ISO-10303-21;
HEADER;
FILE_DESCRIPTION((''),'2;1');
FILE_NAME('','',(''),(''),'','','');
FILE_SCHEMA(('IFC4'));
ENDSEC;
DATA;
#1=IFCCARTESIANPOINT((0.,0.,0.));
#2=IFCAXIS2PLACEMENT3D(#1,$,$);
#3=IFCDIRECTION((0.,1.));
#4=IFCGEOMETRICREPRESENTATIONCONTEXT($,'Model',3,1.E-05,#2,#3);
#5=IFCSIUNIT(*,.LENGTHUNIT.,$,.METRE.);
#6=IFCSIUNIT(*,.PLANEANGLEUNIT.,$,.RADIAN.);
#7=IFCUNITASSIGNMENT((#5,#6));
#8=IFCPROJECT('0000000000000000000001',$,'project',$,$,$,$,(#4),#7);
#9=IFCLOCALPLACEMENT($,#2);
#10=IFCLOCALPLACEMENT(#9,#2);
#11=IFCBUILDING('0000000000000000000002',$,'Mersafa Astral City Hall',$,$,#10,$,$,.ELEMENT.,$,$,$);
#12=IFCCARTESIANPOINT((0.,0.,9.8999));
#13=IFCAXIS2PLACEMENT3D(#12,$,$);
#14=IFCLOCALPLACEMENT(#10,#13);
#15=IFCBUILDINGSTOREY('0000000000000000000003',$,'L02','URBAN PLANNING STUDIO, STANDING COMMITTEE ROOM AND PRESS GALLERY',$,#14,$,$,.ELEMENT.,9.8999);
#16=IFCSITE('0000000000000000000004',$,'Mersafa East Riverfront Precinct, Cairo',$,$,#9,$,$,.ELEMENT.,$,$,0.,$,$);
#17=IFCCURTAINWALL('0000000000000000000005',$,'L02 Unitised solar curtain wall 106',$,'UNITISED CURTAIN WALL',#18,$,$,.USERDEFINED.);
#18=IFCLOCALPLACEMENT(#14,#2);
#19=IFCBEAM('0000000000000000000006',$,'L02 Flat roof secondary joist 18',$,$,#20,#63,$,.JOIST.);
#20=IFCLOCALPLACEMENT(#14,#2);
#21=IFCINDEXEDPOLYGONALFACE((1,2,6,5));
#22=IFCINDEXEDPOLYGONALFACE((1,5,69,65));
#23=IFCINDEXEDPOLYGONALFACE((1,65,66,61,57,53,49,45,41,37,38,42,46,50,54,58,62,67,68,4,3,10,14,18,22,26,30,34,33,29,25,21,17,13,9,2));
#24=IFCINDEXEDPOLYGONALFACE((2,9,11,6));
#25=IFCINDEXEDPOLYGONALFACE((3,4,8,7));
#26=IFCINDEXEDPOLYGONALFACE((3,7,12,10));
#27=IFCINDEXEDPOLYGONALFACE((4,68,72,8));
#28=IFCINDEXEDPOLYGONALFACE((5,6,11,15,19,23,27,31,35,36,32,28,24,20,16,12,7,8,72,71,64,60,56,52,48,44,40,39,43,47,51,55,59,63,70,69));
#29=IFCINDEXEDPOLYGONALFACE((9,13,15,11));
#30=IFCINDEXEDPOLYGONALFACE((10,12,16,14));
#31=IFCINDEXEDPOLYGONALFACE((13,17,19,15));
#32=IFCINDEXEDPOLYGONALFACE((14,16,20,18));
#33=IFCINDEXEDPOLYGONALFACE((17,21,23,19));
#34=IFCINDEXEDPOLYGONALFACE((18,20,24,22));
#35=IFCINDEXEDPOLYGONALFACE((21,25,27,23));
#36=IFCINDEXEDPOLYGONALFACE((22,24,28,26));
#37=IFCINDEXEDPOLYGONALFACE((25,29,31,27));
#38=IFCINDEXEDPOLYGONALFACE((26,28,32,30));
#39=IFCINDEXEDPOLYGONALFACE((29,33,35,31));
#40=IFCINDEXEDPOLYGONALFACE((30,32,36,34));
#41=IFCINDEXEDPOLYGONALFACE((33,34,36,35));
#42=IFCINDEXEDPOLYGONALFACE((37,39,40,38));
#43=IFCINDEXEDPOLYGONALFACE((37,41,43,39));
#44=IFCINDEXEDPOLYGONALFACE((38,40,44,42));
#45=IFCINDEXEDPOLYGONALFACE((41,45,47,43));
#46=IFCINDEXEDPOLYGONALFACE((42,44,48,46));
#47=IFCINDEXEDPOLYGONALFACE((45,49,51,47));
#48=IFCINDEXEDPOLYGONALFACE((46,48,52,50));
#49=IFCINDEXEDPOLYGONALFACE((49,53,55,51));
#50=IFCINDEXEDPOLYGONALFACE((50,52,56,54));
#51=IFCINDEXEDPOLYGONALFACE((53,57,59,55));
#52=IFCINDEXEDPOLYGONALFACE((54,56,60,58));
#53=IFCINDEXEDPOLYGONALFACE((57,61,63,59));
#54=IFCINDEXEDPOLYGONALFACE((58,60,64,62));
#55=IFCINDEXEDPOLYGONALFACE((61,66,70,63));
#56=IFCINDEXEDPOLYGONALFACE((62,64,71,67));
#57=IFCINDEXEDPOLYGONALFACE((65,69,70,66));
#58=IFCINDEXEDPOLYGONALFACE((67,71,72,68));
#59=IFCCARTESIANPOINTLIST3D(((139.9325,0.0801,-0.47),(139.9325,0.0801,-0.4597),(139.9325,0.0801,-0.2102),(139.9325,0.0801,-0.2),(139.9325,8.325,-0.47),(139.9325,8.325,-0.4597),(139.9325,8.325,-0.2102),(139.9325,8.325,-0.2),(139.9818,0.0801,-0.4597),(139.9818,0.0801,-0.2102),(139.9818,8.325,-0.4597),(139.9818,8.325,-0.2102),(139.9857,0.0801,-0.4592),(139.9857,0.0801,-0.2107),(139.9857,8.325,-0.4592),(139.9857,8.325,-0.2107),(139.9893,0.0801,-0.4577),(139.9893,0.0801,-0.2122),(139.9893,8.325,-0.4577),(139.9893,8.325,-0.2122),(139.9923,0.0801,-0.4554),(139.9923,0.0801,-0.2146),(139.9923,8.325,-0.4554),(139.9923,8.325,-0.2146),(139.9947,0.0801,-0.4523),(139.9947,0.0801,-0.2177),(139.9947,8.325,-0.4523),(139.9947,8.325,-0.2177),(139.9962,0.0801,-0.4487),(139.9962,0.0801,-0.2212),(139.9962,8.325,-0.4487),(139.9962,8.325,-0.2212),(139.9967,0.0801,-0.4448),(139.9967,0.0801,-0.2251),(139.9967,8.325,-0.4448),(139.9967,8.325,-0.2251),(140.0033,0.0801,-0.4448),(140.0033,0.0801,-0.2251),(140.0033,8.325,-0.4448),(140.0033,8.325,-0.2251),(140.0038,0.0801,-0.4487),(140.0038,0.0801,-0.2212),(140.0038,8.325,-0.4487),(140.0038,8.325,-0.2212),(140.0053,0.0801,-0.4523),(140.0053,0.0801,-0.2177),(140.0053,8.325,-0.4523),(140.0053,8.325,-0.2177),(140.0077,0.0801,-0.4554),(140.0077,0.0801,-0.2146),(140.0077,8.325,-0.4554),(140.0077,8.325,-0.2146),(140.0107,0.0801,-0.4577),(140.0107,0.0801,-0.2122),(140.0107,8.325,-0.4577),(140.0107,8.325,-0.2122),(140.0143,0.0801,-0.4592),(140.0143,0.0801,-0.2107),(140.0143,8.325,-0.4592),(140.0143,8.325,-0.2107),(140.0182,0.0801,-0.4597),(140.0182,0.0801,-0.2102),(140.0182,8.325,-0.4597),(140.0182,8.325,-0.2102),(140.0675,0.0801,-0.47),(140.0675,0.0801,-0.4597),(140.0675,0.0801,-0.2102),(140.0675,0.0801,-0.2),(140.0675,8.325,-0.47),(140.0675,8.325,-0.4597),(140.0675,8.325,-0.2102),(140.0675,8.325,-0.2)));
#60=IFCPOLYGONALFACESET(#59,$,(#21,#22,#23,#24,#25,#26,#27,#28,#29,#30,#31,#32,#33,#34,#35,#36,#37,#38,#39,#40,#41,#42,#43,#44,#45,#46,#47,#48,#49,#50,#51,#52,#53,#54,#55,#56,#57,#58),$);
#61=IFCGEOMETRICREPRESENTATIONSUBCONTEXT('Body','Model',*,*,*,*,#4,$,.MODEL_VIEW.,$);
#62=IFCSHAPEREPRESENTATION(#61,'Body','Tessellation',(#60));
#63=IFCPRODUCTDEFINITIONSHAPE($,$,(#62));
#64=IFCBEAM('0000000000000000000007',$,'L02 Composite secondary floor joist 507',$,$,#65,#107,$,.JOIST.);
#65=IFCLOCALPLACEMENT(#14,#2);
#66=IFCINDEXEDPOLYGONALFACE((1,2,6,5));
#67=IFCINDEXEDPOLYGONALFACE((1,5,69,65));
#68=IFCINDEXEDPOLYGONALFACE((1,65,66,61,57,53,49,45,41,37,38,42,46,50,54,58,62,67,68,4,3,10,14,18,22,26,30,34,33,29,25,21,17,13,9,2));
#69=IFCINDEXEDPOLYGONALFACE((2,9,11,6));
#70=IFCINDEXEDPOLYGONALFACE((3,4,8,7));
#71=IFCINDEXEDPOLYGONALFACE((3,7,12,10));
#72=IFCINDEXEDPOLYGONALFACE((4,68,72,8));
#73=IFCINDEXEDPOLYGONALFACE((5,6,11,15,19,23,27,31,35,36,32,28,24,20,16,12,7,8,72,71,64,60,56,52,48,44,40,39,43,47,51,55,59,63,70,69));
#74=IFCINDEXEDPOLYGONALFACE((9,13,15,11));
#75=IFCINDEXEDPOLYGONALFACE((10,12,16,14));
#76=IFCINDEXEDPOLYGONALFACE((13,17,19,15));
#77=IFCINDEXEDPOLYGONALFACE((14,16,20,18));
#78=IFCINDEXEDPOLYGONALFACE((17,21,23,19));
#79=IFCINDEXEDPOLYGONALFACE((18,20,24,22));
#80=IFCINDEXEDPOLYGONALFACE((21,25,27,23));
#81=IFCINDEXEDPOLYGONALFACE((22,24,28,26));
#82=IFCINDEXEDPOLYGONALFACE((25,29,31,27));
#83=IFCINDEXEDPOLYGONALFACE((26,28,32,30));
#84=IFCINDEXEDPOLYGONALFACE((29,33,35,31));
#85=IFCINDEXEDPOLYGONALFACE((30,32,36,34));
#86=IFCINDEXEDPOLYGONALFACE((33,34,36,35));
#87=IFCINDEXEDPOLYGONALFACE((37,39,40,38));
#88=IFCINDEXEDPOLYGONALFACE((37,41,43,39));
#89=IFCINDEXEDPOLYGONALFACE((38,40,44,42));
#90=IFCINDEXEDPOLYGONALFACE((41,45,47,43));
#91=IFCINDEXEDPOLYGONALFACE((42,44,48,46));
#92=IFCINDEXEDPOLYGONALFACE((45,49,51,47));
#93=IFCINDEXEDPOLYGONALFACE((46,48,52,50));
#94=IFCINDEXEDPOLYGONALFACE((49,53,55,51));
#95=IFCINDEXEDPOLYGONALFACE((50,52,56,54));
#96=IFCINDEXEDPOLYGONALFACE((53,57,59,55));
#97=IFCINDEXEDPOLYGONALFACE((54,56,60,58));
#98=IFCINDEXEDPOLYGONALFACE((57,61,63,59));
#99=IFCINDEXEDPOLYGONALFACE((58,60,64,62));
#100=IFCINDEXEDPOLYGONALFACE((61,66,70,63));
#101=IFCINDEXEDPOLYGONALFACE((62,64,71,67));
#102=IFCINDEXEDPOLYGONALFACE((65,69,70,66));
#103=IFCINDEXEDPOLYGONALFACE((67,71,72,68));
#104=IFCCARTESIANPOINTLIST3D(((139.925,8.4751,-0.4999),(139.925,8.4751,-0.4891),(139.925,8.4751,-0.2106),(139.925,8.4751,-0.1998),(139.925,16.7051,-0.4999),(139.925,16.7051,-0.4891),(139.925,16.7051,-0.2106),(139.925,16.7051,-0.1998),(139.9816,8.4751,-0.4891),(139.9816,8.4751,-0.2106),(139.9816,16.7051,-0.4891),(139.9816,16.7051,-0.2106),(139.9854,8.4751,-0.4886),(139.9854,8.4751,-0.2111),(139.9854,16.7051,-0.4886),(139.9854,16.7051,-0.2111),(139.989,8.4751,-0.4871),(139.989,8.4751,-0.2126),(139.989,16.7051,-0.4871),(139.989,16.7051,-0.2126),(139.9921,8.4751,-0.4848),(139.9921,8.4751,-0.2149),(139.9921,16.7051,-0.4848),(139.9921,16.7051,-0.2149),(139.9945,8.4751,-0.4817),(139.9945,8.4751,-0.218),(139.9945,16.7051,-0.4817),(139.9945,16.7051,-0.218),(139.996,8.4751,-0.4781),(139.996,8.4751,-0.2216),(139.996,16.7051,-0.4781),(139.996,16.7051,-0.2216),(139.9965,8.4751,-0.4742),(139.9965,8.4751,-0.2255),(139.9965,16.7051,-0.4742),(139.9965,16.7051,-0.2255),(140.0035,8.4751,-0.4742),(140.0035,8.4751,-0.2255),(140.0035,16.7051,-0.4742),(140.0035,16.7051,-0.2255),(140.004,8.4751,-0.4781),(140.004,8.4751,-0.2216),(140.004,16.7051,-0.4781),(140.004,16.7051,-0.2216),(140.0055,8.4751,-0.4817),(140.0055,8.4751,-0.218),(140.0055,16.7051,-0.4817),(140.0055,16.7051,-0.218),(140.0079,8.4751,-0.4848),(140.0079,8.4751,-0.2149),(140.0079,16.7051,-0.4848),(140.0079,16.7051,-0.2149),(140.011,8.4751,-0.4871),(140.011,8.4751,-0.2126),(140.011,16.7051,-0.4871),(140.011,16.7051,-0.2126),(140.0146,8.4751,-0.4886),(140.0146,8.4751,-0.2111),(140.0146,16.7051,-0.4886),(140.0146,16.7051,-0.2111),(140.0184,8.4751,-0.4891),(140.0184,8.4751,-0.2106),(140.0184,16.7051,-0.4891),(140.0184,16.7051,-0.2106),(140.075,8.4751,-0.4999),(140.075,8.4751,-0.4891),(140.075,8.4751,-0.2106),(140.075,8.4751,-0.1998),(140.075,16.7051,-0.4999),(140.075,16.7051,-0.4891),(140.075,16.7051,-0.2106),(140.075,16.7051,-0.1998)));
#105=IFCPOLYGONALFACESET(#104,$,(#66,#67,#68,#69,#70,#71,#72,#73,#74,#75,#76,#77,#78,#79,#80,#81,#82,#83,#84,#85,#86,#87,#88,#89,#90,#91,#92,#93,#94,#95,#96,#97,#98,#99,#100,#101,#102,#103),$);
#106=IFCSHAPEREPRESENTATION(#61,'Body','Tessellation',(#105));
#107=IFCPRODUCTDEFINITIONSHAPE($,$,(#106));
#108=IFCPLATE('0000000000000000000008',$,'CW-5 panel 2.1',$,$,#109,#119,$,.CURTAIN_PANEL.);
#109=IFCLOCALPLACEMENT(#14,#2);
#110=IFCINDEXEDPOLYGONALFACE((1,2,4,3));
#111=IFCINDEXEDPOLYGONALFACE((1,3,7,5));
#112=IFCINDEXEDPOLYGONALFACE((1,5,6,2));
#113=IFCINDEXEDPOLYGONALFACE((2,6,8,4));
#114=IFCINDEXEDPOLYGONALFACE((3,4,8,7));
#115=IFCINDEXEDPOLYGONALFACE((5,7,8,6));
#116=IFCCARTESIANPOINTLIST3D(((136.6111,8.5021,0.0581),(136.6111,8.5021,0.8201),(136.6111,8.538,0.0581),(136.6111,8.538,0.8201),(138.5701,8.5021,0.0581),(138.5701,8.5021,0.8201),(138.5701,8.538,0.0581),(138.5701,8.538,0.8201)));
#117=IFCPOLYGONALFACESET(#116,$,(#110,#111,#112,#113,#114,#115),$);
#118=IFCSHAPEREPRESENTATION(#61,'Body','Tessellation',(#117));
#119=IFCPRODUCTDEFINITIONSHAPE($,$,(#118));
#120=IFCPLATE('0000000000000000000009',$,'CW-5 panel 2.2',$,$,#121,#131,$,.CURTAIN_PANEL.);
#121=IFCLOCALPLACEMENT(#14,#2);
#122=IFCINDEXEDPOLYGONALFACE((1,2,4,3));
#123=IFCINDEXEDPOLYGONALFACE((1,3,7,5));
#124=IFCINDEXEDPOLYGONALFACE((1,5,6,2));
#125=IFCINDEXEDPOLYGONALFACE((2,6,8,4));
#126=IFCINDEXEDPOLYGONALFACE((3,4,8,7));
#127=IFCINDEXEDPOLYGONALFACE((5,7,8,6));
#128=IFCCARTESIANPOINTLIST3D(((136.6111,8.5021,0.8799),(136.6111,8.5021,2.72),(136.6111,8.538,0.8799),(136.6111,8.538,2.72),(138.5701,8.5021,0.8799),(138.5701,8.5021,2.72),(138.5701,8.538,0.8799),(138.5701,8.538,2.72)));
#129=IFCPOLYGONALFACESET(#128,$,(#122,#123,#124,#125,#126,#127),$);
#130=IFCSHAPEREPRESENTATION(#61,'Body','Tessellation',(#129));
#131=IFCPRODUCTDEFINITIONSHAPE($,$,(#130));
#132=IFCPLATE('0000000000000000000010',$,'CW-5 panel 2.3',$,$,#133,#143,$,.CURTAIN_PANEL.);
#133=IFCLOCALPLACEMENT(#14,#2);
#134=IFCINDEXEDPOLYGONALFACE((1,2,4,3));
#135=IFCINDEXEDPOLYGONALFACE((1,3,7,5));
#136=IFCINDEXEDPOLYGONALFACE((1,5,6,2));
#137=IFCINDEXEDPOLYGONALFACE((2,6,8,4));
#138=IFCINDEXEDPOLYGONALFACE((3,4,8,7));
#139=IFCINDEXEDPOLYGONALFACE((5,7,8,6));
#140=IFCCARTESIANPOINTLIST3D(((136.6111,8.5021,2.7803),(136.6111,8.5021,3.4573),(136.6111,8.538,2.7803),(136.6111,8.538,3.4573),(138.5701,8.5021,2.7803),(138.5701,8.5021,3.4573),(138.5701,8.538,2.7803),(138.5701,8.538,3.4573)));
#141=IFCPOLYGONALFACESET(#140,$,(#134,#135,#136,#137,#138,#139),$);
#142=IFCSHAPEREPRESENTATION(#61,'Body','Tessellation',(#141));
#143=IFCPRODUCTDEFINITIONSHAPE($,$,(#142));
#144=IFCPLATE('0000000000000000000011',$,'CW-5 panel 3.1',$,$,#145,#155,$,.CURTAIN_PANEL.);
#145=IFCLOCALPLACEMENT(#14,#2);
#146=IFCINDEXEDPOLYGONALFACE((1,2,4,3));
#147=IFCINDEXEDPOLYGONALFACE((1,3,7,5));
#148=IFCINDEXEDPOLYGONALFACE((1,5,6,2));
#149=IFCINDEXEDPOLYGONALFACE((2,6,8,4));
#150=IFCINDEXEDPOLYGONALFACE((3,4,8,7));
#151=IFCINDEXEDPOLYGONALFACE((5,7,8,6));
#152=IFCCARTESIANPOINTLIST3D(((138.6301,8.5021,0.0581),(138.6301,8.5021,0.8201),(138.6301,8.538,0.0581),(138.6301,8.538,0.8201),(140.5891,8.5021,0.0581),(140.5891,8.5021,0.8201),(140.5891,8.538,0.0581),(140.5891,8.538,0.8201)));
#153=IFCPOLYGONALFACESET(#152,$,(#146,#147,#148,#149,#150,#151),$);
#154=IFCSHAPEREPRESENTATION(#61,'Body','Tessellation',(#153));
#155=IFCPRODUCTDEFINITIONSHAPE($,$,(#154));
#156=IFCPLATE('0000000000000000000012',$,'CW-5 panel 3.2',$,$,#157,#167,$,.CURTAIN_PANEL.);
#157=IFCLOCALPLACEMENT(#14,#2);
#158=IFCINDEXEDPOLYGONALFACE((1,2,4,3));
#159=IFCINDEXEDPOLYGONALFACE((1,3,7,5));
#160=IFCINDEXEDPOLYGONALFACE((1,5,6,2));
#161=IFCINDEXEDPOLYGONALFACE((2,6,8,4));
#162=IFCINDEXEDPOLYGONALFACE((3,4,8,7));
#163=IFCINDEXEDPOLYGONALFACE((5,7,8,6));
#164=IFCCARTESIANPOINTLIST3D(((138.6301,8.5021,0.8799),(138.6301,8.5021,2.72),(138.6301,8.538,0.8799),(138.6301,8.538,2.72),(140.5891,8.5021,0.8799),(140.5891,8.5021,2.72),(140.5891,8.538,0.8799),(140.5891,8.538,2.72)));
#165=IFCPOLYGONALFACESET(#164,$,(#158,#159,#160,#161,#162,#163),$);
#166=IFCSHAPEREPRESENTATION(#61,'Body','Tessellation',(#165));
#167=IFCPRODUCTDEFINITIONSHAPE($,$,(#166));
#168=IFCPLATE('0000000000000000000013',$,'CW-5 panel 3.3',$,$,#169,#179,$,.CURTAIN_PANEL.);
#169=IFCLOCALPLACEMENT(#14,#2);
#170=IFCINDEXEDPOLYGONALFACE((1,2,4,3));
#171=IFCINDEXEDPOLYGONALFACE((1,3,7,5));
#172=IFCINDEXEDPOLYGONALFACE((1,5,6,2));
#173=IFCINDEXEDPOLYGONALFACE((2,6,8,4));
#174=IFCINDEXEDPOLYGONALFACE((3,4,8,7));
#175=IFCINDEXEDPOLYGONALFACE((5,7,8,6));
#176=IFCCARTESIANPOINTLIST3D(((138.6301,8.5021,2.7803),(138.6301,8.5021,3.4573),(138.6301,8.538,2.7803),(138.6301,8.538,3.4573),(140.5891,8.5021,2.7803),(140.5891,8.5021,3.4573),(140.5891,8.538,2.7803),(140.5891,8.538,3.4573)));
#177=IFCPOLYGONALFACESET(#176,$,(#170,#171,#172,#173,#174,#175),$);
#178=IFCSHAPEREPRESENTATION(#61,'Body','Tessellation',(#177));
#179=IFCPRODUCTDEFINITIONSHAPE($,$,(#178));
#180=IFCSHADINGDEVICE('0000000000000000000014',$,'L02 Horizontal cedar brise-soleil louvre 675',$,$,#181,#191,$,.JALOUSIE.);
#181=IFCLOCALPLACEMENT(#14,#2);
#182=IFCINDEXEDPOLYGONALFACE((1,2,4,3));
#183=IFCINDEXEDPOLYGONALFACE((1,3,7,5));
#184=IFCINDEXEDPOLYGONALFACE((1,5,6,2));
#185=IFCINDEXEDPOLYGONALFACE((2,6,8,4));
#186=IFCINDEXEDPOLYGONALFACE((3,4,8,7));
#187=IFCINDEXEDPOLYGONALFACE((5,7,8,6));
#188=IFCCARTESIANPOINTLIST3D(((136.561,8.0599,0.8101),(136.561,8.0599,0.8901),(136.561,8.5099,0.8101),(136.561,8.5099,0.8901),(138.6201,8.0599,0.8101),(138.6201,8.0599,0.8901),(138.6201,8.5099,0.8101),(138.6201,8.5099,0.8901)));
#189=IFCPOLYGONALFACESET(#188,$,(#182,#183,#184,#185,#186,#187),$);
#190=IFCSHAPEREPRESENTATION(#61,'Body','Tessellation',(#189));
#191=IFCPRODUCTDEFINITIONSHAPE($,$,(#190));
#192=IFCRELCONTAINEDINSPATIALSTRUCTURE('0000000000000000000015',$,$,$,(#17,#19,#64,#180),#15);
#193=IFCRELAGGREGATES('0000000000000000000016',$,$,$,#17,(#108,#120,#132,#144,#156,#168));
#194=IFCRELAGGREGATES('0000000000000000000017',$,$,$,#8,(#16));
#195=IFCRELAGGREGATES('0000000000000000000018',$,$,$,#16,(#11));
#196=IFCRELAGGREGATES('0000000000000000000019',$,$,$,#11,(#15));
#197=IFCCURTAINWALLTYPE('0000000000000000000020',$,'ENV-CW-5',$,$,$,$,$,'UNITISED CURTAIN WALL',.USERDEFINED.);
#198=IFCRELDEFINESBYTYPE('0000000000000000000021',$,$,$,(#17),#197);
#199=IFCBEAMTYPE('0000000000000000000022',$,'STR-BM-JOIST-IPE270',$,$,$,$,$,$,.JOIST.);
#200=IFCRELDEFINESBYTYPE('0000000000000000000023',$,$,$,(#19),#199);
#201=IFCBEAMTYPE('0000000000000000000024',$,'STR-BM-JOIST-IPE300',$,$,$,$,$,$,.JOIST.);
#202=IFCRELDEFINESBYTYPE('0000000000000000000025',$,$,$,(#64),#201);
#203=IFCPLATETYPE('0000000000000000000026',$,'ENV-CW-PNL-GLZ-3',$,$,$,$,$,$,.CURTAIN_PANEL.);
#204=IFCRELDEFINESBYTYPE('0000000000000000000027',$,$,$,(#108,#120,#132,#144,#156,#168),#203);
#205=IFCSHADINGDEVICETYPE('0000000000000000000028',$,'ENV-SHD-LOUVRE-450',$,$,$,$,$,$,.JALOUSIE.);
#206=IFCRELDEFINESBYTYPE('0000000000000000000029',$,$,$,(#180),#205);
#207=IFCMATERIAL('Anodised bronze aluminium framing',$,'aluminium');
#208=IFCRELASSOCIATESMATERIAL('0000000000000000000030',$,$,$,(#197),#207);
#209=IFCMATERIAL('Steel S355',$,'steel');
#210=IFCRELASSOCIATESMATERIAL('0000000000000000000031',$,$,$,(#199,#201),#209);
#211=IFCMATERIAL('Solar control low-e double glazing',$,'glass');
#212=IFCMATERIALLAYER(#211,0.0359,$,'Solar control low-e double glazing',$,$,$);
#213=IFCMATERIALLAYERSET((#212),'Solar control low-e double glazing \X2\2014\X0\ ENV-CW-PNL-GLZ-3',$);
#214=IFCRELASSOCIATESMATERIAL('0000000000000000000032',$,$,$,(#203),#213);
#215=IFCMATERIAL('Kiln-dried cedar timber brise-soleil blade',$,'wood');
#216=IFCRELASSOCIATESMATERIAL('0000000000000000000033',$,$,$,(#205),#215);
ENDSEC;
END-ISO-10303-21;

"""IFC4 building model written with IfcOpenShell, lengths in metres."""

from ifc_helpers import new_model, si_unit, direction, frame, origin, origin_2d, place, context, subcontext, project, spatial, rectangle, i_section, extrude, material, layer, layer_set, material_profile, profile_set, type_object, element, aggregate, save


model = new_model("IFC4")

# Units and contexts
model_context = context("Model", 3, precision=1e-05, world=origin(), true_north=direction((0.0, 1.0)))
body_context = subcontext(model_context, "Body", "Model", "MODEL_VIEW")
ifc_project = project(units=[si_unit("LENGTHUNIT", "METRE"), si_unit("PLANEANGLEUNIT", "RADIAN")], contexts=[model_context])

# Site, building, storey
site_placement = place(None, origin())
site = spatial("IfcSite", under=ifc_project, at=site_placement, Name="Mersafa East Riverfront Precinct, Cairo", CompositionType="ELEMENT", RefElevation=0.0)
building_placement = place(site_placement, origin())
building = spatial("IfcBuilding", under=site, at=building_placement, Name="Mersafa Astral City Hall", CompositionType="ELEMENT")
storey_placement = place(building_placement, frame((0.0, 0.0, 9.8999)))
storey = spatial("IfcBuildingStorey", under=building, at=storey_placement, Name="L02", Description="URBAN PLANNING STUDIO, STANDING COMMITTEE ROOM AND PRESS GALLERY", CompositionType="ELEMENT", Elevation=9.8999)

# Curtain wall
ifc_material_1 = material(Name="Anodised bronze aluminium framing", Category="aluminium")
curtain_wall_type = type_object("IfcCurtainWallType", Name="ENV-CW-5", ElementType="UNITISED CURTAIN WALL", PredefinedType="USERDEFINED", material=ifc_material_1)
curtain_wall_placement = place(storey_placement, origin())
curtain_wall = element("IfcCurtainWall", 1, at=curtain_wall_placement, inside=storey, type_object=curtain_wall_type, Name="L02 Unitised solar curtain wall 106", ObjectType="UNITISED CURTAIN WALL", PredefinedType="USERDEFINED")

# Beams
ifc_material_2 = material(Name="Steel S355", Category="steel")
ifc_material_profile_1 = material_profile(ifc_material_2, i_section(OverallWidth=0.135, OverallDepth=0.27, WebThickness=0.0066, FlangeThickness=0.0103, FilletRadius=0.0149, at=origin_2d()), Name="IPE 270")
ifc_profile_set_1 = profile_set([ifc_material_profile_1], Name="Steel S355")
beam_type_1 = type_object("IfcBeamType", Name="STR-BM-JOIST-IPE270", PredefinedType="JOIST", material=ifc_profile_set_1)
beam_1_placement = place(storey_placement, frame((140.0, 0.0801, -0.335), z_axis=(0.0, 1.0, 0.0), x_axis=(-1.0, 0.0, 0.0)))
element("IfcBeam", 2, at=beam_1_placement, inside=storey, type_object=beam_type_1, Name="L02 Flat roof secondary joist 18", PredefinedType="JOIST", context=body_context, shape_type="SweptSolid", body=[
    extrude(i_section(OverallWidth=0.135, OverallDepth=0.27, WebThickness=0.0066, FlangeThickness=0.0103, FilletRadius=0.0149, at=origin_2d()), origin(), (0.0, 0.0, 1.0), 8.2449),
])
ifc_material_profile_2 = material_profile(ifc_material_2, i_section(OverallWidth=0.1499, OverallDepth=0.3, WebThickness=0.0071, FlangeThickness=0.0107, FilletRadius=0.0149, at=origin_2d()), Name="IPE 300")
ifc_profile_set_2 = profile_set([ifc_material_profile_2], Name="Steel S355")
beam_type_2 = type_object("IfcBeamType", Name="STR-BM-JOIST-IPE300", PredefinedType="JOIST", material=ifc_profile_set_2)
beam_2_placement = place(storey_placement, frame((140.0, 8.4751, -0.3499), z_axis=(0.0, 1.0, 0.0), x_axis=(-1.0, 0.0, 0.0)))
element("IfcBeam", 3, at=beam_2_placement, inside=storey, type_object=beam_type_2, Name="L02 Composite secondary floor joist 507", PredefinedType="JOIST", context=body_context, shape_type="SweptSolid", body=[
    extrude(i_section(OverallWidth=0.1499, OverallDepth=0.3, WebThickness=0.0071, FlangeThickness=0.0107, FilletRadius=0.0149, at=origin_2d()), origin(), (0.0, 0.0, 1.0), 8.23),
])

# Plates
ifc_material_3 = material(Name="Solar control low-e double glazing", Category="glass")
ifc_layer = layer(ifc_material_3, 0.0359, Name="Solar control low-e double glazing")
ifc_layer_set = layer_set([ifc_layer], Name="Solar control low-e double glazing — ENV-CW-PNL-GLZ-3")
plate_type = type_object("IfcPlateType", Name="ENV-CW-PNL-GLZ-3", PredefinedType="CURTAIN_PANEL", material=ifc_layer_set)
plate_1_placement = place(storey_placement, frame((137.5906, 8.52, 0.0581), z_axis=(0.0, 0.0, 1.0), x_axis=(1.0, 0.0, 0.0)))
plate_1 = element("IfcPlate", 4, at=plate_1_placement, type_object=plate_type, Name="CW-5 panel 2.1", PredefinedType="CURTAIN_PANEL", context=body_context, shape_type="SweptSolid", body=[
    extrude(rectangle(XDim=1.959, YDim=0.0359, at=origin_2d()), origin(), (0.0, 0.0, 1.0), 0.762),
])
plate_2_placement = place(storey_placement, frame((137.5906, 8.52, 0.8799), z_axis=(0.0, 0.0, 1.0), x_axis=(1.0, 0.0, 0.0)))
plate_2 = element("IfcPlate", 5, at=plate_2_placement, type_object=plate_type, Name="CW-5 panel 2.2", PredefinedType="CURTAIN_PANEL", context=body_context, shape_type="SweptSolid", body=[
    extrude(rectangle(XDim=1.959, YDim=0.0359, at=origin_2d()), origin(), (0.0, 0.0, 1.0), 1.8401),
])
plate_3_placement = place(storey_placement, frame((137.5906, 8.52, 2.7803), z_axis=(0.0, 0.0, 1.0), x_axis=(1.0, 0.0, 0.0)))
plate_3 = element("IfcPlate", 6, at=plate_3_placement, type_object=plate_type, Name="CW-5 panel 2.3", PredefinedType="CURTAIN_PANEL", context=body_context, shape_type="SweptSolid", body=[
    extrude(rectangle(XDim=1.959, YDim=0.0359, at=origin_2d()), origin(), (0.0, 0.0, 1.0), 0.677),
])
plate_4_placement = place(storey_placement, frame((139.6096, 8.52, 0.0581), z_axis=(0.0, 0.0, 1.0), x_axis=(1.0, 0.0, 0.0)))
plate_4 = element("IfcPlate", 7, at=plate_4_placement, type_object=plate_type, Name="CW-5 panel 3.1", PredefinedType="CURTAIN_PANEL", context=body_context, shape_type="SweptSolid", body=[
    extrude(rectangle(XDim=1.959, YDim=0.0359, at=origin_2d()), origin(), (0.0, 0.0, 1.0), 0.762),
])
plate_5_placement = place(storey_placement, frame((139.6096, 8.52, 0.8799), z_axis=(0.0, 0.0, 1.0), x_axis=(1.0, 0.0, 0.0)))
plate_5 = element("IfcPlate", 8, at=plate_5_placement, type_object=plate_type, Name="CW-5 panel 3.2", PredefinedType="CURTAIN_PANEL", context=body_context, shape_type="SweptSolid", body=[
    extrude(rectangle(XDim=1.959, YDim=0.0359, at=origin_2d()), origin(), (0.0, 0.0, 1.0), 1.8401),
])
plate_6_placement = place(storey_placement, frame((139.6096, 8.52, 2.7803), z_axis=(0.0, 0.0, 1.0), x_axis=(1.0, 0.0, 0.0)))
plate_6 = element("IfcPlate", 9, at=plate_6_placement, type_object=plate_type, Name="CW-5 panel 3.3", PredefinedType="CURTAIN_PANEL", context=body_context, shape_type="SweptSolid", body=[
    extrude(rectangle(XDim=1.959, YDim=0.0359, at=origin_2d()), origin(), (0.0, 0.0, 1.0), 0.677),
])
aggregate(curtain_wall, [plate_1, plate_2, plate_3, plate_4, plate_5, plate_6])

# Shading device
ifc_material_4 = material(Name="Kiln-dried cedar timber brise-soleil blade", Category="wood")
shading_device_type = type_object("IfcShadingDeviceType", Name="ENV-SHD-LOUVRE-450", PredefinedType="JALOUSIE", material=ifc_material_4)
for number, where, z_axis, x_axis, name in (
    (10, (137.5906, 8.2849, 0.8101), (0.0, 0.0, 1.0), (1.0, 0.0, 0.0), "L02 Horizontal cedar brise-soleil louvre 675"),
):
    element("IfcShadingDevice", number, at=place(storey_placement, frame(where, z_axis=z_axis, x_axis=x_axis)), inside=storey, type_object=shading_device_type, Name=name, PredefinedType="JALOUSIE", context=body_context, shape_type="SweptSolid", body=[
        extrude(rectangle(XDim=2.0591, YDim=0.45, at=origin_2d()), origin(), (0.0, 0.0, 1.0), 0.0801),
    ])

save(model, "model.ifc")
